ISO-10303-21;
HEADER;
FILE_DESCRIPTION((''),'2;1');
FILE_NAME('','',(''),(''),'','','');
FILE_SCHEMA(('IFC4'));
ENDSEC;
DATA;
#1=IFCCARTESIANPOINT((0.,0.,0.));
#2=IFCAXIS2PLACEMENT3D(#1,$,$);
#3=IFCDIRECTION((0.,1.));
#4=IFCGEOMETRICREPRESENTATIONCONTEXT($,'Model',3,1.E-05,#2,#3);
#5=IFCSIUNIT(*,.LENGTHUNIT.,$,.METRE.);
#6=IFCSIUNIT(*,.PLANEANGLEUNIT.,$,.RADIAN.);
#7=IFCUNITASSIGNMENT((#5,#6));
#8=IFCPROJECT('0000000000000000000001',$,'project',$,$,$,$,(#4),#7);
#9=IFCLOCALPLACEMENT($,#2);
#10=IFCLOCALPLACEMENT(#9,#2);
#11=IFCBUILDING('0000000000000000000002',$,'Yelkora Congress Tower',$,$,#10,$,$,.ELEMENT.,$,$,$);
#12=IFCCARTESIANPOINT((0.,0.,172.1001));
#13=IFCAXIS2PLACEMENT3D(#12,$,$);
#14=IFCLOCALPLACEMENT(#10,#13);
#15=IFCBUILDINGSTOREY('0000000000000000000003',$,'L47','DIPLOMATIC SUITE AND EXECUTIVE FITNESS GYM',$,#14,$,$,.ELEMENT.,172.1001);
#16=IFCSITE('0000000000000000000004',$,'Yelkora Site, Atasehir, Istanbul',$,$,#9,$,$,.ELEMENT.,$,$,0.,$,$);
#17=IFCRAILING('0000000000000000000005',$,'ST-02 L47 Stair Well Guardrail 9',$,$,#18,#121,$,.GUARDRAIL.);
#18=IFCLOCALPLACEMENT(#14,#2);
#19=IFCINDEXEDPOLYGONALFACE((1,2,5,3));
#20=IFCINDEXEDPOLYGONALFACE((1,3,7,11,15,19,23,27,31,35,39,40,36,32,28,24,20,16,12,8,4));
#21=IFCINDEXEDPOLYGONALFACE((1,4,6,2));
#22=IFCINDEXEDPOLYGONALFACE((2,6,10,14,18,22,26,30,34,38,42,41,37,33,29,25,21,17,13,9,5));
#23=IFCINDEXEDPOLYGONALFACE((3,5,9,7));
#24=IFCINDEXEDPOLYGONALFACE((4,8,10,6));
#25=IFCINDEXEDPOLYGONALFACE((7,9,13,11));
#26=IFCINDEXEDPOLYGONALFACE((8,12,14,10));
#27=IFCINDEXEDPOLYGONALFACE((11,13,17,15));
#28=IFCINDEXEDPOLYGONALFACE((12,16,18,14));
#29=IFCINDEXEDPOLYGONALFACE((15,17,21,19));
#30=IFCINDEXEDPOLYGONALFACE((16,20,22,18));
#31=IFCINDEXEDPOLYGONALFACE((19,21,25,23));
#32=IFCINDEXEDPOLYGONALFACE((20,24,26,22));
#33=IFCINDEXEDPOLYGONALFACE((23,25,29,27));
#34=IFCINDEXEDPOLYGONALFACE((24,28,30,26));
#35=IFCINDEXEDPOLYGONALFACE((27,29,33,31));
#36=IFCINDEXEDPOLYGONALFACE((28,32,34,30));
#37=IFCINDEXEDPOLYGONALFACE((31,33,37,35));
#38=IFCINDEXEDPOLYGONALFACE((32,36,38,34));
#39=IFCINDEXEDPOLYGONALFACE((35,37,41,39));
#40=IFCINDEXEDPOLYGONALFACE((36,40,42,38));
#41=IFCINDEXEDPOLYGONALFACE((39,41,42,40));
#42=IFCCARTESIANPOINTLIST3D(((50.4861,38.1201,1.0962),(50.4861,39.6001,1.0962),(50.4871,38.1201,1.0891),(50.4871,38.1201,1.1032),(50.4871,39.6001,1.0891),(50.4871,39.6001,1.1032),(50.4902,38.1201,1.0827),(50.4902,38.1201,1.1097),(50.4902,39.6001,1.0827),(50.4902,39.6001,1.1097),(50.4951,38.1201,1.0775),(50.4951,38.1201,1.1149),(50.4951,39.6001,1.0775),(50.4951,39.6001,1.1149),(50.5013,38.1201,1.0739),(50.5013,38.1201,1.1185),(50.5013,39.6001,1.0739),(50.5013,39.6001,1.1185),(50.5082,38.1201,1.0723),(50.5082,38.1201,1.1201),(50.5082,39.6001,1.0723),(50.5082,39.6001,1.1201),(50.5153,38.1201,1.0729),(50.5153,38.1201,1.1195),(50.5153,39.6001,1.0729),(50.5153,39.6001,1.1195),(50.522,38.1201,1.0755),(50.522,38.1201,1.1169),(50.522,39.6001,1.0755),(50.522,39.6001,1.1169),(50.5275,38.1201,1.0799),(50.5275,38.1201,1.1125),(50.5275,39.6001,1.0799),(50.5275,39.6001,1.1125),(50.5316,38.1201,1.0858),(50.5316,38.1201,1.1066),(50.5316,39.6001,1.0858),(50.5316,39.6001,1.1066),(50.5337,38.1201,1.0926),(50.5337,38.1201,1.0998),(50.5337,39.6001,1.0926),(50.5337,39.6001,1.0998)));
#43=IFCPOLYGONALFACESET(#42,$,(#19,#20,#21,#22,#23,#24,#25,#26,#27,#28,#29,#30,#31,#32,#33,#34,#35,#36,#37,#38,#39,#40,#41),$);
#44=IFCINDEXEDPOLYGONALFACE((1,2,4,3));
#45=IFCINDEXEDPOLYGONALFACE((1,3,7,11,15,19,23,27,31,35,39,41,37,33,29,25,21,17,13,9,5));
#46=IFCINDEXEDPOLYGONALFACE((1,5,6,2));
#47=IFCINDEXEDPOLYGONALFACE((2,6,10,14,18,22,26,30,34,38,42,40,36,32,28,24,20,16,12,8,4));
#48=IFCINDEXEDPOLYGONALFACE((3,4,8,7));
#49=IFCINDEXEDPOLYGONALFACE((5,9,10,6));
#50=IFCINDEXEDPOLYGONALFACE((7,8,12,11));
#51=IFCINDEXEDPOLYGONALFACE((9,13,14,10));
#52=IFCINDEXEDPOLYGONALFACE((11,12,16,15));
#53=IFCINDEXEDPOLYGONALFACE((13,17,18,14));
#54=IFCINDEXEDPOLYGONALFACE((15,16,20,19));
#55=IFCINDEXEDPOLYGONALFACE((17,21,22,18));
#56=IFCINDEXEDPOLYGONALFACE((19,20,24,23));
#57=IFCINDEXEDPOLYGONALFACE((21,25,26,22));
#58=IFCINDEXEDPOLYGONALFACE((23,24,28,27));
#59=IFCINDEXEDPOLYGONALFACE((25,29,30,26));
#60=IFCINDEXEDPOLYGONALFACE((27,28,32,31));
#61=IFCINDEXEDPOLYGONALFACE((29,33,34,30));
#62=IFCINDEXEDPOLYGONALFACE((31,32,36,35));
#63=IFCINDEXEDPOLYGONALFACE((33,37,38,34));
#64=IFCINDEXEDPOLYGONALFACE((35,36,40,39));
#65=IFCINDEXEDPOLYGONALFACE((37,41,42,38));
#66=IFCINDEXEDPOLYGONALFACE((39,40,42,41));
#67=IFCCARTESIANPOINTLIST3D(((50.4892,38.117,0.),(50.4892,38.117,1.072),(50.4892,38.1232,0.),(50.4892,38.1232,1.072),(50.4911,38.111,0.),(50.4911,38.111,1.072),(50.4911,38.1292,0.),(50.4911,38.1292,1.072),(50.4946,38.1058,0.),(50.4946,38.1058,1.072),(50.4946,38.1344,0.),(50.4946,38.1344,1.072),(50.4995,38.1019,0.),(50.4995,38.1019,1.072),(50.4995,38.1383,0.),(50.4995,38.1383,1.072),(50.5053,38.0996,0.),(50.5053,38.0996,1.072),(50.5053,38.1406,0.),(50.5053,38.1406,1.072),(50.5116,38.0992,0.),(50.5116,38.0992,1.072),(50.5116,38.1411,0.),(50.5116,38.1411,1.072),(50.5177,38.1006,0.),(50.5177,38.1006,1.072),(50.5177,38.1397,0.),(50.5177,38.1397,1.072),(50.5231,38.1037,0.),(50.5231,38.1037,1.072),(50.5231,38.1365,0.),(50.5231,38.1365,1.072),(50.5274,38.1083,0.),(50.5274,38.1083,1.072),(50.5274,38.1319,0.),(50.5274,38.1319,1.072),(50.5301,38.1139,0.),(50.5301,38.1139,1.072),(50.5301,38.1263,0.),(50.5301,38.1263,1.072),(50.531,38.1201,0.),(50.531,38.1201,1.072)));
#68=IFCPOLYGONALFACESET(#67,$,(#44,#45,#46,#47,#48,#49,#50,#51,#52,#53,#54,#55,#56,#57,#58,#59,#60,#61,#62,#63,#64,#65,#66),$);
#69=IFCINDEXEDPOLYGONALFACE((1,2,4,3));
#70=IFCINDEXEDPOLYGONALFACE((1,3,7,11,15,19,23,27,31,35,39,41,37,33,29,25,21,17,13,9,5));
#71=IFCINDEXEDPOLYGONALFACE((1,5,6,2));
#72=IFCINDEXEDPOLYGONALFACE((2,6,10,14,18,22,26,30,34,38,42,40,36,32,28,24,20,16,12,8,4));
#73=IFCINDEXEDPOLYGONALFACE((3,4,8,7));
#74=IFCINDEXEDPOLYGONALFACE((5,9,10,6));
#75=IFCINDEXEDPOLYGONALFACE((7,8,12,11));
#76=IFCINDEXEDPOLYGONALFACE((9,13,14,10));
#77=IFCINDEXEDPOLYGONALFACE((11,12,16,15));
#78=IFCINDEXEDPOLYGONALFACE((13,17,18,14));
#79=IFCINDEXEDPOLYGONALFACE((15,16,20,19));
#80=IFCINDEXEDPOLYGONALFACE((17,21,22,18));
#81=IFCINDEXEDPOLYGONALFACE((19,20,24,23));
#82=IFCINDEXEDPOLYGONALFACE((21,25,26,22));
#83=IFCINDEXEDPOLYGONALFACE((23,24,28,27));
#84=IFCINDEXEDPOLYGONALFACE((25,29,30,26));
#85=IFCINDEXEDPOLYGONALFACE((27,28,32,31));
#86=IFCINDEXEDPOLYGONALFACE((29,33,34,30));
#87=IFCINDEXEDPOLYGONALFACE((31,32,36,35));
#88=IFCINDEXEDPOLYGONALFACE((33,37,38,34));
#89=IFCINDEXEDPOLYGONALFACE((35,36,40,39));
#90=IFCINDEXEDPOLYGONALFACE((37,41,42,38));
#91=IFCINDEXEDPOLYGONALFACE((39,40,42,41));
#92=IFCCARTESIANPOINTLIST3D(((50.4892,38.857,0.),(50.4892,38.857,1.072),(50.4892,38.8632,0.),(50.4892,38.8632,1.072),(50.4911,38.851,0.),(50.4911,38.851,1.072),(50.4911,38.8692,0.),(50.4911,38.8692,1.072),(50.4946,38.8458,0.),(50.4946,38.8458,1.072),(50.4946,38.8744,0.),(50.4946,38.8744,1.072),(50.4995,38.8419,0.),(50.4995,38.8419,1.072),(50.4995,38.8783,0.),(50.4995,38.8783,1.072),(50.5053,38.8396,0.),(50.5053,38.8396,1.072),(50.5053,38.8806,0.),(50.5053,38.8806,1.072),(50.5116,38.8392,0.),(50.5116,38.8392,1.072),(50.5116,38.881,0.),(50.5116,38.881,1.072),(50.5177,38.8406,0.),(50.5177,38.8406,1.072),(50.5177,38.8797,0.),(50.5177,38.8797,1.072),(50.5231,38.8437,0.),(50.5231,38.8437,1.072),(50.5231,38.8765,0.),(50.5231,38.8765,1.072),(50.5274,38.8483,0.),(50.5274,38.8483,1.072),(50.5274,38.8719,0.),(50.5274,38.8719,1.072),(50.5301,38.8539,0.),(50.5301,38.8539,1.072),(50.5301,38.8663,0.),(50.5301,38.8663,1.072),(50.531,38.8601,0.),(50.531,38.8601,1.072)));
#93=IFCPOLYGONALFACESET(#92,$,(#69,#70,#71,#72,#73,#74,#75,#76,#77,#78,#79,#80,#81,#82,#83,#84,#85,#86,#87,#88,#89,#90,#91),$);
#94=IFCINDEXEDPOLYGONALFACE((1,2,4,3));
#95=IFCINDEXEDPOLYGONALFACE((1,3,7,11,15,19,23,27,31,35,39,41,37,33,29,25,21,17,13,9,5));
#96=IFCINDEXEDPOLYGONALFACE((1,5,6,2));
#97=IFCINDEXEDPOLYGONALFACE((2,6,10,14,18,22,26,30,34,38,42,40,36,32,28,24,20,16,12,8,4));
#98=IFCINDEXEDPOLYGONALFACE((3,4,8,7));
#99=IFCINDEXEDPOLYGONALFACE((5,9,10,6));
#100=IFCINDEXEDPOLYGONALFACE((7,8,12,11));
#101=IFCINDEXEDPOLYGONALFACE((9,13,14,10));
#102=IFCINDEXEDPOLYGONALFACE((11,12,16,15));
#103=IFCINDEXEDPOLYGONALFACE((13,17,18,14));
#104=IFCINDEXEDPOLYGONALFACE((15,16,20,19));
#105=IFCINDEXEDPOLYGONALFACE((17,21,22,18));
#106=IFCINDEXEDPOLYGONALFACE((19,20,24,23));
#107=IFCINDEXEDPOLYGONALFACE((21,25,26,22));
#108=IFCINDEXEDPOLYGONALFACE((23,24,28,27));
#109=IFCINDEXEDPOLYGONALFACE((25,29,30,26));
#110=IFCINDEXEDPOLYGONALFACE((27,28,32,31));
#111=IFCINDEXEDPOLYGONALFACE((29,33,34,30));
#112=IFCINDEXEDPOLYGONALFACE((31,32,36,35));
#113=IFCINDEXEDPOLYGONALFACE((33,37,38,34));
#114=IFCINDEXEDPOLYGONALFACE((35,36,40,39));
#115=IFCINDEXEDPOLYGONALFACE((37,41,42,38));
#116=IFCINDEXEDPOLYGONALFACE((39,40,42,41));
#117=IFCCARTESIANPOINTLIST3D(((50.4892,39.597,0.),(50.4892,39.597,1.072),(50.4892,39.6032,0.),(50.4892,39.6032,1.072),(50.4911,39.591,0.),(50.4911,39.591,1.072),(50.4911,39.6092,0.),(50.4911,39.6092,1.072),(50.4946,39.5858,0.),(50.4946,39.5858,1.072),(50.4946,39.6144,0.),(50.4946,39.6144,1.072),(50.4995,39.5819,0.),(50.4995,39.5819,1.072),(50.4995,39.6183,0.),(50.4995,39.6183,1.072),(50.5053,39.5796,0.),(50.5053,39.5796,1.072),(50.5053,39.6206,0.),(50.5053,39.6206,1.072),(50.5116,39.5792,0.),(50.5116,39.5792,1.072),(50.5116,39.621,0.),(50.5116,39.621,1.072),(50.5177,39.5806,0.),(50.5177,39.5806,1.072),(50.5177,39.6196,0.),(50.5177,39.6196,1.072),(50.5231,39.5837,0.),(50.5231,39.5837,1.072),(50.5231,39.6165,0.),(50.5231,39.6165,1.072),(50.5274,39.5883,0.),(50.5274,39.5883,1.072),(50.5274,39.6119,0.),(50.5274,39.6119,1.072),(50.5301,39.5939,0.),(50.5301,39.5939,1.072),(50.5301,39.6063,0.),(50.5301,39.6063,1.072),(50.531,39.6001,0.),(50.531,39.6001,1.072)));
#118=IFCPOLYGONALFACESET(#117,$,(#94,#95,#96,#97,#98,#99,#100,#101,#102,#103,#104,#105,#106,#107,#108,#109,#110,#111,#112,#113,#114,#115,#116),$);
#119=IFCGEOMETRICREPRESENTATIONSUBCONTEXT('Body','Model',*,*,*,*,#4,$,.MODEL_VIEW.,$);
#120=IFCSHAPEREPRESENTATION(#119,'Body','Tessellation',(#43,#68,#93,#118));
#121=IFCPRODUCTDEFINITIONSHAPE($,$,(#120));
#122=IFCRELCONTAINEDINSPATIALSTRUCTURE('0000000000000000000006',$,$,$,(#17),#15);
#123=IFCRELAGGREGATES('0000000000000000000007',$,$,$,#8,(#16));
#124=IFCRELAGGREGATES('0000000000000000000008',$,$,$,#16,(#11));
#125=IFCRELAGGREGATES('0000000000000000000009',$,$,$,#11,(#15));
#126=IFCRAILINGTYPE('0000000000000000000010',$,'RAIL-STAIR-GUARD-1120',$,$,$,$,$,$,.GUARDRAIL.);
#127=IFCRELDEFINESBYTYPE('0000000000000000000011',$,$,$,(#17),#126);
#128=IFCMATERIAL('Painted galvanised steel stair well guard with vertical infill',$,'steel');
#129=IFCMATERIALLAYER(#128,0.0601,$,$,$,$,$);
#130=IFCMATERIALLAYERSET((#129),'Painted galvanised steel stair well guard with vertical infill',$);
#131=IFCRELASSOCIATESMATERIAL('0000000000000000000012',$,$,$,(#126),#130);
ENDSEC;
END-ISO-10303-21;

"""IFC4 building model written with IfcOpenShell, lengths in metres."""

from ifc_helpers import new_model, si_unit, direction, frame, origin, origin_2d, place, context, subcontext, project, spatial, circle, extrude, material, layer, layer_set, type_object, element, save


model = new_model("IFC4")

# Units and contexts
model_context = context("Model", 3, precision=1e-05, world=origin(), true_north=direction((0.0, 1.0)))
body_context = subcontext(model_context, "Body", "Model", "MODEL_VIEW")
ifc_project = project(units=[si_unit("LENGTHUNIT", "METRE"), si_unit("PLANEANGLEUNIT", "RADIAN")], contexts=[model_context])

# Site, building, storey
site_placement = place(None, origin())
site = spatial("IfcSite", under=ifc_project, at=site_placement, Name="Yelkora Site, Atasehir, Istanbul", CompositionType="ELEMENT", RefElevation=0.0)
building_placement = place(site_placement, origin())
building = spatial("IfcBuilding", under=site, at=building_placement, Name="Yelkora Congress Tower", CompositionType="ELEMENT")
storey_placement = place(building_placement, frame((0.0, 0.0, 172.1001)))
storey = spatial("IfcBuildingStorey", under=building, at=storey_placement, Name="L47", Description="DIPLOMATIC SUITE AND EXECUTIVE FITNESS GYM", CompositionType="ELEMENT", Elevation=172.1001)

# Railing
ifc_material_1 = material(Name="Painted galvanised steel stair well guard with vertical infill", Category="steel")
ifc_layer_1 = layer(ifc_material_1, 0.0601)
ifc_layer_set_1 = layer_set([ifc_layer_1], Name="Painted galvanised steel stair well guard with vertical infill")
railing_type_1 = type_object("IfcRailingType", Name="RAIL-STAIR-GUARD-1120", PredefinedType="GUARDRAIL", material=ifc_layer_set_1)
railing_1_placement = place(storey_placement, frame((50.51, 38.1201, 0.0)))
element("IfcRailing", 1, at=railing_1_placement, inside=storey, type_object=railing_type_1, Name="ST-02 L47 Stair Well Guardrail 9", PredefinedType="GUARDRAIL", context=body_context, shape_type="SweptSolid", body=[
    extrude(circle(Radius=0.0239, at=origin_2d()), frame((0.0, 0.0, 1.0962), z_axis=(0.0, 1.0, 0.0), x_axis=(-1.0, 0.0, 0.0)), (0.0, 0.0, 1.0), 1.48),
    extrude(circle(Radius=0.021, at=origin_2d()), origin(), (0.0, 0.0, 1.0), 1.072),
    extrude(circle(Radius=0.021, at=origin_2d()), frame((0.0, 0.74, 0.0)), (0.0, 0.0, 1.0), 1.072),
    extrude(circle(Radius=0.021, at=origin_2d()), frame((0.0, 1.48, 0.0)), (0.0, 0.0, 1.0), 1.072),
])

save(model, "model.ifc")
